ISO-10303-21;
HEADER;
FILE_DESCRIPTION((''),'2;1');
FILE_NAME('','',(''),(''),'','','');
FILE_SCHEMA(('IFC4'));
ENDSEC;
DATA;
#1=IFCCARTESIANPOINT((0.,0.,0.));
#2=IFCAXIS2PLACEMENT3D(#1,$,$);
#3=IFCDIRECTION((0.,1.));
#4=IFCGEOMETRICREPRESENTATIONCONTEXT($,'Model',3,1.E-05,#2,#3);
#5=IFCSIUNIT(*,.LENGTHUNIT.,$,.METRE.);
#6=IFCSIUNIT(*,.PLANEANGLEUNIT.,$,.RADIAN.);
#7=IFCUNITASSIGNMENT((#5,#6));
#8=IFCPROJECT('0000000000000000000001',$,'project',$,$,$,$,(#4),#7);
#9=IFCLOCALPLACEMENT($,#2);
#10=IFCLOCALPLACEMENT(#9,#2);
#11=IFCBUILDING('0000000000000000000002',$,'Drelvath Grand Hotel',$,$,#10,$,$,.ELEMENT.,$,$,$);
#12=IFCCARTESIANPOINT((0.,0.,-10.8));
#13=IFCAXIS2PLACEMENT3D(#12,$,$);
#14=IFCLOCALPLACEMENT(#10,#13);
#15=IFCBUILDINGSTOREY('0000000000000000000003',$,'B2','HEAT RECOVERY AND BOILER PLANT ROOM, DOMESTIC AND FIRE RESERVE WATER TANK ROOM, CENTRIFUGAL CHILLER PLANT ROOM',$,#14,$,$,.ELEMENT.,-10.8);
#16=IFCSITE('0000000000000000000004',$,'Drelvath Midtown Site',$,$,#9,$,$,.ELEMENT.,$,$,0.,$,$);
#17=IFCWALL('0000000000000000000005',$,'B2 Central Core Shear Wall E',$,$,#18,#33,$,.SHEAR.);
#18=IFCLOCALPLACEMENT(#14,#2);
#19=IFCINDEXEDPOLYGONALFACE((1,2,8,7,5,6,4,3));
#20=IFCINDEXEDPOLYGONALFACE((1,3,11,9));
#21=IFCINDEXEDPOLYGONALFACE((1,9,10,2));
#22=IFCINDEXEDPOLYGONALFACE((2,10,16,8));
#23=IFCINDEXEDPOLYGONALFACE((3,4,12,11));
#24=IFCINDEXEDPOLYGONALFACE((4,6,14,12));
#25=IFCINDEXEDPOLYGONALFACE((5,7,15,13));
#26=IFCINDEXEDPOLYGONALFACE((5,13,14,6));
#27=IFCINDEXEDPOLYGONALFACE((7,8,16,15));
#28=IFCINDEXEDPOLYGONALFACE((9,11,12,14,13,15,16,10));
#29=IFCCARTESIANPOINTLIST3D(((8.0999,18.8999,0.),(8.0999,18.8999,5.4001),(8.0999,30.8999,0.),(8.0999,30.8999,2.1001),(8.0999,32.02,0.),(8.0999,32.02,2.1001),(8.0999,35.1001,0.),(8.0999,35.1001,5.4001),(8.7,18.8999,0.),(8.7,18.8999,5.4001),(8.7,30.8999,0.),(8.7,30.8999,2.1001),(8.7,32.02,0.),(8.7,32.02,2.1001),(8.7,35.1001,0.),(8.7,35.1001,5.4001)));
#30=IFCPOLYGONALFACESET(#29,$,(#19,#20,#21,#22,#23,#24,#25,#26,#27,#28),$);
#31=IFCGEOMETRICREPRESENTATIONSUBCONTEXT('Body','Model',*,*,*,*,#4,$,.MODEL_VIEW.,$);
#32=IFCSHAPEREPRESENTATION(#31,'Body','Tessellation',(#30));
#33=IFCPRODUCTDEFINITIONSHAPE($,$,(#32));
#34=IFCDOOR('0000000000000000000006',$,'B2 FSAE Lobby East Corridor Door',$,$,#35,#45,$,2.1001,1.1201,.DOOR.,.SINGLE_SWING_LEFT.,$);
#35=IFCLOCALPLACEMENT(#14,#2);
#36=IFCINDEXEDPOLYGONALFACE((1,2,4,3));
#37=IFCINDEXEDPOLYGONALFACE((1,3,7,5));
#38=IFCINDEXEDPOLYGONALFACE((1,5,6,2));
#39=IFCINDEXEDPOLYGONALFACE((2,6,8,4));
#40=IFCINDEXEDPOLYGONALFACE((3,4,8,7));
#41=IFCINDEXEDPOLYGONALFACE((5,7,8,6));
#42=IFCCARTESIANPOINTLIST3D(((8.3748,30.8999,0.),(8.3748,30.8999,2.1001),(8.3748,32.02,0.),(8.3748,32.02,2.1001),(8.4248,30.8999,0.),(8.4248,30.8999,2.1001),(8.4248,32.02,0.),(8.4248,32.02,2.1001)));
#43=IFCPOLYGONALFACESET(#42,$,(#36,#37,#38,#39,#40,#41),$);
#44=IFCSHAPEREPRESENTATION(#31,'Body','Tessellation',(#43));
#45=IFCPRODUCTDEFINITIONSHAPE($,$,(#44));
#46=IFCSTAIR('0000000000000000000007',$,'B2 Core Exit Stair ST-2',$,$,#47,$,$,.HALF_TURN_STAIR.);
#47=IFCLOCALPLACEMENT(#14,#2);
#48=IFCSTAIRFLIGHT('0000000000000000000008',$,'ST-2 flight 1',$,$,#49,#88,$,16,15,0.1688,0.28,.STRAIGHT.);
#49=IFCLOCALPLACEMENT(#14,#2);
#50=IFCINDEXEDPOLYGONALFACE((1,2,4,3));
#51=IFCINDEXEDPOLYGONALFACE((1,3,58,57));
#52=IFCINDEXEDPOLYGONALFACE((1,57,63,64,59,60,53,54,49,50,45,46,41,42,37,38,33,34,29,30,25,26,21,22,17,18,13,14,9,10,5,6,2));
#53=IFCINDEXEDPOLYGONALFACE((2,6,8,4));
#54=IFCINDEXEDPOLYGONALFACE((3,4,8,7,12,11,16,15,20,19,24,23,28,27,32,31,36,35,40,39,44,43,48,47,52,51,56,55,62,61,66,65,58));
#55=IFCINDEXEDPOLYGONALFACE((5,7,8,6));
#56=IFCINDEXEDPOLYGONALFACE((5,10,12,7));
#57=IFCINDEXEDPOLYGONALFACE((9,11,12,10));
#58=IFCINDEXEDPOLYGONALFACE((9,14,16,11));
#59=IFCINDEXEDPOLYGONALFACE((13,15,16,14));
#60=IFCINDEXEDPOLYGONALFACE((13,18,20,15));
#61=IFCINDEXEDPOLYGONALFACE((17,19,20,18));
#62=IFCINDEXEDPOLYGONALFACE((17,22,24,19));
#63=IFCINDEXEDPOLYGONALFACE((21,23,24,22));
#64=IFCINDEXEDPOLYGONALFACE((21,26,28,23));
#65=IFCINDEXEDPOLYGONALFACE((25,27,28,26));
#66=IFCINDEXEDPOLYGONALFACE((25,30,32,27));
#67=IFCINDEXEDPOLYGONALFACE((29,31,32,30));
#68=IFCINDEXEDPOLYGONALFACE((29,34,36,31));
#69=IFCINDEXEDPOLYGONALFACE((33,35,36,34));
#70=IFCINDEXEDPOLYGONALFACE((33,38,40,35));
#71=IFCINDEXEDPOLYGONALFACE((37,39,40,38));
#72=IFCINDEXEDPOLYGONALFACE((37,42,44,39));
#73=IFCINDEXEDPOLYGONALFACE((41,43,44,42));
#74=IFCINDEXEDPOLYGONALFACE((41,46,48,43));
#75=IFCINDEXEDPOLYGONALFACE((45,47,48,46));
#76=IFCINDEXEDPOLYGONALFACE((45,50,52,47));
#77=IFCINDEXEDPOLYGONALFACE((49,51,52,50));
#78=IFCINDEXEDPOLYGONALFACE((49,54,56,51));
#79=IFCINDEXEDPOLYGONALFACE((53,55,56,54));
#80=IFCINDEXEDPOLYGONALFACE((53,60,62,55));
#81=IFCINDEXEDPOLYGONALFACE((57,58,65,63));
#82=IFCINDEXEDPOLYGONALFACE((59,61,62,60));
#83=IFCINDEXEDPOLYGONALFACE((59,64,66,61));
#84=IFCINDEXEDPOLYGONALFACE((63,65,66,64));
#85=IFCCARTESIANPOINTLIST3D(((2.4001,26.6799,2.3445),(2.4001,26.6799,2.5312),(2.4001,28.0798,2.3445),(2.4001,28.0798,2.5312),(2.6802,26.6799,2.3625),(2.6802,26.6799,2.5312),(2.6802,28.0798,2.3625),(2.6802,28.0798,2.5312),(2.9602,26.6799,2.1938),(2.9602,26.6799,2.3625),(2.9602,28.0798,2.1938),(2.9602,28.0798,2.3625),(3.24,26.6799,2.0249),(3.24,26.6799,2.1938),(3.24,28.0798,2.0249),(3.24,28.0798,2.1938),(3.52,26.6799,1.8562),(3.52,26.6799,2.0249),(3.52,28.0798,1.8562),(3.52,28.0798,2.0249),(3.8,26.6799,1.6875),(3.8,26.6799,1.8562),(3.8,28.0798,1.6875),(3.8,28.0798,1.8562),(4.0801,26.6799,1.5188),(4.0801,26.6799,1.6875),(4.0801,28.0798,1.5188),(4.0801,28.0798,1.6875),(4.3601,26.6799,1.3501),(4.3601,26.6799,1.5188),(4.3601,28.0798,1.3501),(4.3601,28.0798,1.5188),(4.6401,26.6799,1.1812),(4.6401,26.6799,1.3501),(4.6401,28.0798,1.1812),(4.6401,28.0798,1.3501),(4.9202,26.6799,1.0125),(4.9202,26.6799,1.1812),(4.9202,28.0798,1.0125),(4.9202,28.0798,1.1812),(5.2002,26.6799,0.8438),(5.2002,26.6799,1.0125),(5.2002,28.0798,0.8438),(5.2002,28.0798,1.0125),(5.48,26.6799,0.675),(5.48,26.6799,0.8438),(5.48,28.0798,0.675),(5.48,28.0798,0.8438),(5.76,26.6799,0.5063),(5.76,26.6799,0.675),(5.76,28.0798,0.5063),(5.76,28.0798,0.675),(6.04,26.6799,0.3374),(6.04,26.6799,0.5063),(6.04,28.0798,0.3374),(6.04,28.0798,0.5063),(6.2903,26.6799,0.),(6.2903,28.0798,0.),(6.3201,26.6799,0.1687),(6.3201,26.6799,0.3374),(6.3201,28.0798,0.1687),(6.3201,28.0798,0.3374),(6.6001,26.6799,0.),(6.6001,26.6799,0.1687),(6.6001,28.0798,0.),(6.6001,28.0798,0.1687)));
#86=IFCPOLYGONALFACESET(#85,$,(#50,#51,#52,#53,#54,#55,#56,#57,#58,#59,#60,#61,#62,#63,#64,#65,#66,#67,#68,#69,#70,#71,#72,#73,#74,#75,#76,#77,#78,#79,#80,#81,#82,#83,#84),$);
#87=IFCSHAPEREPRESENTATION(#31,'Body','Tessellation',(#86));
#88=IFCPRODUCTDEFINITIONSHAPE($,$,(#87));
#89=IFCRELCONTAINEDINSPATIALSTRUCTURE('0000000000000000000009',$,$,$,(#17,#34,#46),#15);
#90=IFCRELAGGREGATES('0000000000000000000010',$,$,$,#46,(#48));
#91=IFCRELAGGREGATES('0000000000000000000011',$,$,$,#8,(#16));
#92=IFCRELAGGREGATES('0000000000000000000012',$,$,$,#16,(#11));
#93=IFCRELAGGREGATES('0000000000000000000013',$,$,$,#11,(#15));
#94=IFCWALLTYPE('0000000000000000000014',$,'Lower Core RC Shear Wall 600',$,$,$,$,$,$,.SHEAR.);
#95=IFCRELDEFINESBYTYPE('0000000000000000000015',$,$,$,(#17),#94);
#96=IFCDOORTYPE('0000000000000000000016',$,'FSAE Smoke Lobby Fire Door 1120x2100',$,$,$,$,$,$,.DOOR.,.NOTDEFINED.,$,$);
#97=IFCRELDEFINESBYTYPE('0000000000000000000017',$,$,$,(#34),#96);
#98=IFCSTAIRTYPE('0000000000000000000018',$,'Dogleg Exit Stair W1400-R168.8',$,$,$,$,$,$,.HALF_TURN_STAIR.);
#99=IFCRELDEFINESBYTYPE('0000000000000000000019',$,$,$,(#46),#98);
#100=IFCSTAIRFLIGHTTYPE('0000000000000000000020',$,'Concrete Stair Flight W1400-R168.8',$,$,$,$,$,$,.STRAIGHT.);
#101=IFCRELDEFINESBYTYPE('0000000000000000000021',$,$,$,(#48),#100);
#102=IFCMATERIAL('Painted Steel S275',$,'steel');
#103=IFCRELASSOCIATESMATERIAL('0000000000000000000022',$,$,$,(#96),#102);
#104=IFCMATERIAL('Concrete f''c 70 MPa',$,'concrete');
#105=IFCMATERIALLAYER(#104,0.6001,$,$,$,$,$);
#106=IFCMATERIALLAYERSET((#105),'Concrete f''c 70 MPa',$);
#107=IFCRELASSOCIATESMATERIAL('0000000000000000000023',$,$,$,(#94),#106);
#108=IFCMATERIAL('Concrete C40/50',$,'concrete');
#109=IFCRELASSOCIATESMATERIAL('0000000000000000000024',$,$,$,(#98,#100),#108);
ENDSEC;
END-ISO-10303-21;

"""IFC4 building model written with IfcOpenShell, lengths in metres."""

from ifc_helpers import new_model, si_unit, direction, frame, frame_2d, origin, place, context, subcontext, project, spatial, polyline, rectangle, outline, extrude, material, layer, layer_set, type_object, element, fill, aggregate, save


model = new_model("IFC4")

# Units and contexts
model_context = context("Model", 3, precision=1e-05, world=origin(), true_north=direction((0.0, 1.0)))
body_context = subcontext(model_context, "Body", "Model", "MODEL_VIEW")
ifc_project = project(units=[si_unit("LENGTHUNIT", "METRE"), si_unit("PLANEANGLEUNIT", "RADIAN")], contexts=[model_context])

# Site, building, storey
site_placement = place(None, origin())
site = spatial("IfcSite", under=ifc_project, at=site_placement, Name="Drelvath Midtown Site", CompositionType="ELEMENT", RefElevation=0.0)
building_placement = place(site_placement, origin())
building = spatial("IfcBuilding", under=site, at=building_placement, Name="Drelvath Grand Hotel", CompositionType="ELEMENT")
storey_placement = place(building_placement, frame((0.0, 0.0, -10.8)))
storey = spatial("IfcBuildingStorey", under=building, at=storey_placement, Name="B2", Description="HEAT RECOVERY AND BOILER PLANT ROOM, DOMESTIC AND FIRE RESERVE WATER TANK ROOM, CENTRIFUGAL CHILLER PLANT ROOM", CompositionType="ELEMENT", Elevation=-10.8)

# Shared definitions
ifc_material_1 = material(Name="Concrete f'c 70 MPa", Category="concrete")

# Shared definitions
ifc_material_2 = material(Name="Concrete C40/50", Category="concrete")

# Shared definitions
ifc_material_3 = material(Name="Painted Steel S275", Category="steel")

# Wall, opening, door
door_type_1 = type_object("IfcDoorType", Name="FSAE Smoke Lobby Fire Door 1120x2100", OperationType="NOTDEFINED", PredefinedType="DOOR", material=ifc_material_3)
ifc_layer_1 = layer(ifc_material_1, 0.6001)
ifc_layer_set_1 = layer_set([ifc_layer_1], Name="Concrete f'c 70 MPa")
wall_type_1 = type_object("IfcWallType", Name="Lower Core RC Shear Wall 600", PredefinedType="SHEAR", material=ifc_layer_set_1)
wall_1_placement = place(storey_placement, frame((8.3999, 35.1001, 0.0), z_axis=(0.0, 0.0, 1.0), x_axis=(0.0, -1.0, 0.0)))
wall_1 = element("IfcWall", 1, at=wall_1_placement, inside=storey, type_object=wall_type_1, Name="B2 Central Core Shear Wall E", PredefinedType="SHEAR", context=body_context, shape_type="SweptSolid", body=[
    extrude(rectangle(XDim=16.2002, YDim=0.6001, at=frame_2d((8.1001, 0.0))), origin(), (0.0, 0.0, 1.0), 5.4001),
])
opening_1_placement = place(wall_1_placement, frame((3.0801, 0.0, 0.0)))
opening_1 = element("IfcOpeningElement", 2, at=opening_1_placement, cuts=wall_1, PredefinedType="OPENING", context=body_context, shape_type="SweptSolid", body=[
    extrude(rectangle(XDim=1.1201, YDim=2.1001, at=frame_2d((0.5601, 1.05))), frame((0.0, 0.3101, 0.0), z_axis=(0.0, -1.0, 0.0), x_axis=(1.0, 0.0, 0.0)), (0.0, 0.0, 1.0), 0.6201),
])
door_1_placement = place(opening_1_placement, origin())
door_1 = element("IfcDoor", 3, at=door_1_placement, inside=storey, type_object=door_type_1, Name="B2 FSAE Lobby East Corridor Door", OperationType="SINGLE_SWING_LEFT", OverallHeight=2.1001, OverallWidth=1.1201, PredefinedType="DOOR", context=body_context, shape_type="SweptSolid", body=[
    extrude(rectangle(XDim=1.1201, YDim=2.1001, at=frame_2d((0.5601, 1.05))), frame((0.0, 0.0249, 0.0), z_axis=(0.0, -1.0, 0.0), x_axis=(1.0, 0.0, 0.0)), (0.0, 0.0, 1.0), 0.05),
])
fill(opening_1, door_1)

# Stair, stair flight
stair_type = type_object("IfcStairType", Name="Dogleg Exit Stair W1400-R168.8", PredefinedType="HALF_TURN_STAIR", material=ifc_material_2)
stair_placement = place(storey_placement, origin())
stair = element("IfcStair", 4, at=stair_placement, inside=storey, type_object=stair_type, Name="B2 Core Exit Stair ST-2", PredefinedType="HALF_TURN_STAIR")
stair_flight_type = type_object("IfcStairFlightType", Name="Concrete Stair Flight W1400-R168.8", PredefinedType="STRAIGHT", material=ifc_material_2)
stair_flight_placement = place(storey_placement, frame((6.6001, 27.3799, 0.0), z_axis=(0.0, 0.0, 1.0), x_axis=(-1.0, 0.0, 0.0)))
stair_flight = element("IfcStairFlight", 5, at=stair_flight_placement, type_object=stair_flight_type, Name="ST-2 flight 1", NumberOfRisers=16, NumberOfTreads=15, PredefinedType="STRAIGHT", RiserHeight=0.1688, TreadLength=0.28, context=body_context, shape_type="SweptSolid", body=[
    extrude(outline(polyline([(0.0, 0.0), (0.0, 0.1687), (0.28, 0.1687), (0.28, 0.3374), (0.5601, 0.3374), (0.5601, 0.5063), (0.8401, 0.5063), (0.8401, 0.675), (1.1201, 0.675), (1.1201, 0.8438), (1.3999, 0.8438), (1.3999, 1.0125), (1.6799, 1.0125), (1.6799, 1.1812), (1.96, 1.1812), (1.96, 1.3501), (2.24, 1.3501), (2.24, 1.5188), (2.52, 1.5188), (2.52, 1.6875), (2.8, 1.6875), (2.8, 1.8562), (3.0801, 1.8562), (3.0801, 2.0249), (3.3601, 2.0249), (3.3601, 2.1938), (3.6399, 2.1938), (3.6399, 2.3625), (3.9199, 2.3625), (3.9199, 2.5312), (4.2, 2.5312), (4.2, 2.7), (4.2, 2.3445), (0.3098, 0.0), (0.0, 0.0)])), frame((0.0, 0.7, 0.0), z_axis=(0.0, -1.0, 0.0), x_axis=(1.0, 0.0, 0.0)), (0.0, 0.0, 1.0), 1.3999),
])
aggregate(stair, [stair_flight])

save(model, "model.ifc")
